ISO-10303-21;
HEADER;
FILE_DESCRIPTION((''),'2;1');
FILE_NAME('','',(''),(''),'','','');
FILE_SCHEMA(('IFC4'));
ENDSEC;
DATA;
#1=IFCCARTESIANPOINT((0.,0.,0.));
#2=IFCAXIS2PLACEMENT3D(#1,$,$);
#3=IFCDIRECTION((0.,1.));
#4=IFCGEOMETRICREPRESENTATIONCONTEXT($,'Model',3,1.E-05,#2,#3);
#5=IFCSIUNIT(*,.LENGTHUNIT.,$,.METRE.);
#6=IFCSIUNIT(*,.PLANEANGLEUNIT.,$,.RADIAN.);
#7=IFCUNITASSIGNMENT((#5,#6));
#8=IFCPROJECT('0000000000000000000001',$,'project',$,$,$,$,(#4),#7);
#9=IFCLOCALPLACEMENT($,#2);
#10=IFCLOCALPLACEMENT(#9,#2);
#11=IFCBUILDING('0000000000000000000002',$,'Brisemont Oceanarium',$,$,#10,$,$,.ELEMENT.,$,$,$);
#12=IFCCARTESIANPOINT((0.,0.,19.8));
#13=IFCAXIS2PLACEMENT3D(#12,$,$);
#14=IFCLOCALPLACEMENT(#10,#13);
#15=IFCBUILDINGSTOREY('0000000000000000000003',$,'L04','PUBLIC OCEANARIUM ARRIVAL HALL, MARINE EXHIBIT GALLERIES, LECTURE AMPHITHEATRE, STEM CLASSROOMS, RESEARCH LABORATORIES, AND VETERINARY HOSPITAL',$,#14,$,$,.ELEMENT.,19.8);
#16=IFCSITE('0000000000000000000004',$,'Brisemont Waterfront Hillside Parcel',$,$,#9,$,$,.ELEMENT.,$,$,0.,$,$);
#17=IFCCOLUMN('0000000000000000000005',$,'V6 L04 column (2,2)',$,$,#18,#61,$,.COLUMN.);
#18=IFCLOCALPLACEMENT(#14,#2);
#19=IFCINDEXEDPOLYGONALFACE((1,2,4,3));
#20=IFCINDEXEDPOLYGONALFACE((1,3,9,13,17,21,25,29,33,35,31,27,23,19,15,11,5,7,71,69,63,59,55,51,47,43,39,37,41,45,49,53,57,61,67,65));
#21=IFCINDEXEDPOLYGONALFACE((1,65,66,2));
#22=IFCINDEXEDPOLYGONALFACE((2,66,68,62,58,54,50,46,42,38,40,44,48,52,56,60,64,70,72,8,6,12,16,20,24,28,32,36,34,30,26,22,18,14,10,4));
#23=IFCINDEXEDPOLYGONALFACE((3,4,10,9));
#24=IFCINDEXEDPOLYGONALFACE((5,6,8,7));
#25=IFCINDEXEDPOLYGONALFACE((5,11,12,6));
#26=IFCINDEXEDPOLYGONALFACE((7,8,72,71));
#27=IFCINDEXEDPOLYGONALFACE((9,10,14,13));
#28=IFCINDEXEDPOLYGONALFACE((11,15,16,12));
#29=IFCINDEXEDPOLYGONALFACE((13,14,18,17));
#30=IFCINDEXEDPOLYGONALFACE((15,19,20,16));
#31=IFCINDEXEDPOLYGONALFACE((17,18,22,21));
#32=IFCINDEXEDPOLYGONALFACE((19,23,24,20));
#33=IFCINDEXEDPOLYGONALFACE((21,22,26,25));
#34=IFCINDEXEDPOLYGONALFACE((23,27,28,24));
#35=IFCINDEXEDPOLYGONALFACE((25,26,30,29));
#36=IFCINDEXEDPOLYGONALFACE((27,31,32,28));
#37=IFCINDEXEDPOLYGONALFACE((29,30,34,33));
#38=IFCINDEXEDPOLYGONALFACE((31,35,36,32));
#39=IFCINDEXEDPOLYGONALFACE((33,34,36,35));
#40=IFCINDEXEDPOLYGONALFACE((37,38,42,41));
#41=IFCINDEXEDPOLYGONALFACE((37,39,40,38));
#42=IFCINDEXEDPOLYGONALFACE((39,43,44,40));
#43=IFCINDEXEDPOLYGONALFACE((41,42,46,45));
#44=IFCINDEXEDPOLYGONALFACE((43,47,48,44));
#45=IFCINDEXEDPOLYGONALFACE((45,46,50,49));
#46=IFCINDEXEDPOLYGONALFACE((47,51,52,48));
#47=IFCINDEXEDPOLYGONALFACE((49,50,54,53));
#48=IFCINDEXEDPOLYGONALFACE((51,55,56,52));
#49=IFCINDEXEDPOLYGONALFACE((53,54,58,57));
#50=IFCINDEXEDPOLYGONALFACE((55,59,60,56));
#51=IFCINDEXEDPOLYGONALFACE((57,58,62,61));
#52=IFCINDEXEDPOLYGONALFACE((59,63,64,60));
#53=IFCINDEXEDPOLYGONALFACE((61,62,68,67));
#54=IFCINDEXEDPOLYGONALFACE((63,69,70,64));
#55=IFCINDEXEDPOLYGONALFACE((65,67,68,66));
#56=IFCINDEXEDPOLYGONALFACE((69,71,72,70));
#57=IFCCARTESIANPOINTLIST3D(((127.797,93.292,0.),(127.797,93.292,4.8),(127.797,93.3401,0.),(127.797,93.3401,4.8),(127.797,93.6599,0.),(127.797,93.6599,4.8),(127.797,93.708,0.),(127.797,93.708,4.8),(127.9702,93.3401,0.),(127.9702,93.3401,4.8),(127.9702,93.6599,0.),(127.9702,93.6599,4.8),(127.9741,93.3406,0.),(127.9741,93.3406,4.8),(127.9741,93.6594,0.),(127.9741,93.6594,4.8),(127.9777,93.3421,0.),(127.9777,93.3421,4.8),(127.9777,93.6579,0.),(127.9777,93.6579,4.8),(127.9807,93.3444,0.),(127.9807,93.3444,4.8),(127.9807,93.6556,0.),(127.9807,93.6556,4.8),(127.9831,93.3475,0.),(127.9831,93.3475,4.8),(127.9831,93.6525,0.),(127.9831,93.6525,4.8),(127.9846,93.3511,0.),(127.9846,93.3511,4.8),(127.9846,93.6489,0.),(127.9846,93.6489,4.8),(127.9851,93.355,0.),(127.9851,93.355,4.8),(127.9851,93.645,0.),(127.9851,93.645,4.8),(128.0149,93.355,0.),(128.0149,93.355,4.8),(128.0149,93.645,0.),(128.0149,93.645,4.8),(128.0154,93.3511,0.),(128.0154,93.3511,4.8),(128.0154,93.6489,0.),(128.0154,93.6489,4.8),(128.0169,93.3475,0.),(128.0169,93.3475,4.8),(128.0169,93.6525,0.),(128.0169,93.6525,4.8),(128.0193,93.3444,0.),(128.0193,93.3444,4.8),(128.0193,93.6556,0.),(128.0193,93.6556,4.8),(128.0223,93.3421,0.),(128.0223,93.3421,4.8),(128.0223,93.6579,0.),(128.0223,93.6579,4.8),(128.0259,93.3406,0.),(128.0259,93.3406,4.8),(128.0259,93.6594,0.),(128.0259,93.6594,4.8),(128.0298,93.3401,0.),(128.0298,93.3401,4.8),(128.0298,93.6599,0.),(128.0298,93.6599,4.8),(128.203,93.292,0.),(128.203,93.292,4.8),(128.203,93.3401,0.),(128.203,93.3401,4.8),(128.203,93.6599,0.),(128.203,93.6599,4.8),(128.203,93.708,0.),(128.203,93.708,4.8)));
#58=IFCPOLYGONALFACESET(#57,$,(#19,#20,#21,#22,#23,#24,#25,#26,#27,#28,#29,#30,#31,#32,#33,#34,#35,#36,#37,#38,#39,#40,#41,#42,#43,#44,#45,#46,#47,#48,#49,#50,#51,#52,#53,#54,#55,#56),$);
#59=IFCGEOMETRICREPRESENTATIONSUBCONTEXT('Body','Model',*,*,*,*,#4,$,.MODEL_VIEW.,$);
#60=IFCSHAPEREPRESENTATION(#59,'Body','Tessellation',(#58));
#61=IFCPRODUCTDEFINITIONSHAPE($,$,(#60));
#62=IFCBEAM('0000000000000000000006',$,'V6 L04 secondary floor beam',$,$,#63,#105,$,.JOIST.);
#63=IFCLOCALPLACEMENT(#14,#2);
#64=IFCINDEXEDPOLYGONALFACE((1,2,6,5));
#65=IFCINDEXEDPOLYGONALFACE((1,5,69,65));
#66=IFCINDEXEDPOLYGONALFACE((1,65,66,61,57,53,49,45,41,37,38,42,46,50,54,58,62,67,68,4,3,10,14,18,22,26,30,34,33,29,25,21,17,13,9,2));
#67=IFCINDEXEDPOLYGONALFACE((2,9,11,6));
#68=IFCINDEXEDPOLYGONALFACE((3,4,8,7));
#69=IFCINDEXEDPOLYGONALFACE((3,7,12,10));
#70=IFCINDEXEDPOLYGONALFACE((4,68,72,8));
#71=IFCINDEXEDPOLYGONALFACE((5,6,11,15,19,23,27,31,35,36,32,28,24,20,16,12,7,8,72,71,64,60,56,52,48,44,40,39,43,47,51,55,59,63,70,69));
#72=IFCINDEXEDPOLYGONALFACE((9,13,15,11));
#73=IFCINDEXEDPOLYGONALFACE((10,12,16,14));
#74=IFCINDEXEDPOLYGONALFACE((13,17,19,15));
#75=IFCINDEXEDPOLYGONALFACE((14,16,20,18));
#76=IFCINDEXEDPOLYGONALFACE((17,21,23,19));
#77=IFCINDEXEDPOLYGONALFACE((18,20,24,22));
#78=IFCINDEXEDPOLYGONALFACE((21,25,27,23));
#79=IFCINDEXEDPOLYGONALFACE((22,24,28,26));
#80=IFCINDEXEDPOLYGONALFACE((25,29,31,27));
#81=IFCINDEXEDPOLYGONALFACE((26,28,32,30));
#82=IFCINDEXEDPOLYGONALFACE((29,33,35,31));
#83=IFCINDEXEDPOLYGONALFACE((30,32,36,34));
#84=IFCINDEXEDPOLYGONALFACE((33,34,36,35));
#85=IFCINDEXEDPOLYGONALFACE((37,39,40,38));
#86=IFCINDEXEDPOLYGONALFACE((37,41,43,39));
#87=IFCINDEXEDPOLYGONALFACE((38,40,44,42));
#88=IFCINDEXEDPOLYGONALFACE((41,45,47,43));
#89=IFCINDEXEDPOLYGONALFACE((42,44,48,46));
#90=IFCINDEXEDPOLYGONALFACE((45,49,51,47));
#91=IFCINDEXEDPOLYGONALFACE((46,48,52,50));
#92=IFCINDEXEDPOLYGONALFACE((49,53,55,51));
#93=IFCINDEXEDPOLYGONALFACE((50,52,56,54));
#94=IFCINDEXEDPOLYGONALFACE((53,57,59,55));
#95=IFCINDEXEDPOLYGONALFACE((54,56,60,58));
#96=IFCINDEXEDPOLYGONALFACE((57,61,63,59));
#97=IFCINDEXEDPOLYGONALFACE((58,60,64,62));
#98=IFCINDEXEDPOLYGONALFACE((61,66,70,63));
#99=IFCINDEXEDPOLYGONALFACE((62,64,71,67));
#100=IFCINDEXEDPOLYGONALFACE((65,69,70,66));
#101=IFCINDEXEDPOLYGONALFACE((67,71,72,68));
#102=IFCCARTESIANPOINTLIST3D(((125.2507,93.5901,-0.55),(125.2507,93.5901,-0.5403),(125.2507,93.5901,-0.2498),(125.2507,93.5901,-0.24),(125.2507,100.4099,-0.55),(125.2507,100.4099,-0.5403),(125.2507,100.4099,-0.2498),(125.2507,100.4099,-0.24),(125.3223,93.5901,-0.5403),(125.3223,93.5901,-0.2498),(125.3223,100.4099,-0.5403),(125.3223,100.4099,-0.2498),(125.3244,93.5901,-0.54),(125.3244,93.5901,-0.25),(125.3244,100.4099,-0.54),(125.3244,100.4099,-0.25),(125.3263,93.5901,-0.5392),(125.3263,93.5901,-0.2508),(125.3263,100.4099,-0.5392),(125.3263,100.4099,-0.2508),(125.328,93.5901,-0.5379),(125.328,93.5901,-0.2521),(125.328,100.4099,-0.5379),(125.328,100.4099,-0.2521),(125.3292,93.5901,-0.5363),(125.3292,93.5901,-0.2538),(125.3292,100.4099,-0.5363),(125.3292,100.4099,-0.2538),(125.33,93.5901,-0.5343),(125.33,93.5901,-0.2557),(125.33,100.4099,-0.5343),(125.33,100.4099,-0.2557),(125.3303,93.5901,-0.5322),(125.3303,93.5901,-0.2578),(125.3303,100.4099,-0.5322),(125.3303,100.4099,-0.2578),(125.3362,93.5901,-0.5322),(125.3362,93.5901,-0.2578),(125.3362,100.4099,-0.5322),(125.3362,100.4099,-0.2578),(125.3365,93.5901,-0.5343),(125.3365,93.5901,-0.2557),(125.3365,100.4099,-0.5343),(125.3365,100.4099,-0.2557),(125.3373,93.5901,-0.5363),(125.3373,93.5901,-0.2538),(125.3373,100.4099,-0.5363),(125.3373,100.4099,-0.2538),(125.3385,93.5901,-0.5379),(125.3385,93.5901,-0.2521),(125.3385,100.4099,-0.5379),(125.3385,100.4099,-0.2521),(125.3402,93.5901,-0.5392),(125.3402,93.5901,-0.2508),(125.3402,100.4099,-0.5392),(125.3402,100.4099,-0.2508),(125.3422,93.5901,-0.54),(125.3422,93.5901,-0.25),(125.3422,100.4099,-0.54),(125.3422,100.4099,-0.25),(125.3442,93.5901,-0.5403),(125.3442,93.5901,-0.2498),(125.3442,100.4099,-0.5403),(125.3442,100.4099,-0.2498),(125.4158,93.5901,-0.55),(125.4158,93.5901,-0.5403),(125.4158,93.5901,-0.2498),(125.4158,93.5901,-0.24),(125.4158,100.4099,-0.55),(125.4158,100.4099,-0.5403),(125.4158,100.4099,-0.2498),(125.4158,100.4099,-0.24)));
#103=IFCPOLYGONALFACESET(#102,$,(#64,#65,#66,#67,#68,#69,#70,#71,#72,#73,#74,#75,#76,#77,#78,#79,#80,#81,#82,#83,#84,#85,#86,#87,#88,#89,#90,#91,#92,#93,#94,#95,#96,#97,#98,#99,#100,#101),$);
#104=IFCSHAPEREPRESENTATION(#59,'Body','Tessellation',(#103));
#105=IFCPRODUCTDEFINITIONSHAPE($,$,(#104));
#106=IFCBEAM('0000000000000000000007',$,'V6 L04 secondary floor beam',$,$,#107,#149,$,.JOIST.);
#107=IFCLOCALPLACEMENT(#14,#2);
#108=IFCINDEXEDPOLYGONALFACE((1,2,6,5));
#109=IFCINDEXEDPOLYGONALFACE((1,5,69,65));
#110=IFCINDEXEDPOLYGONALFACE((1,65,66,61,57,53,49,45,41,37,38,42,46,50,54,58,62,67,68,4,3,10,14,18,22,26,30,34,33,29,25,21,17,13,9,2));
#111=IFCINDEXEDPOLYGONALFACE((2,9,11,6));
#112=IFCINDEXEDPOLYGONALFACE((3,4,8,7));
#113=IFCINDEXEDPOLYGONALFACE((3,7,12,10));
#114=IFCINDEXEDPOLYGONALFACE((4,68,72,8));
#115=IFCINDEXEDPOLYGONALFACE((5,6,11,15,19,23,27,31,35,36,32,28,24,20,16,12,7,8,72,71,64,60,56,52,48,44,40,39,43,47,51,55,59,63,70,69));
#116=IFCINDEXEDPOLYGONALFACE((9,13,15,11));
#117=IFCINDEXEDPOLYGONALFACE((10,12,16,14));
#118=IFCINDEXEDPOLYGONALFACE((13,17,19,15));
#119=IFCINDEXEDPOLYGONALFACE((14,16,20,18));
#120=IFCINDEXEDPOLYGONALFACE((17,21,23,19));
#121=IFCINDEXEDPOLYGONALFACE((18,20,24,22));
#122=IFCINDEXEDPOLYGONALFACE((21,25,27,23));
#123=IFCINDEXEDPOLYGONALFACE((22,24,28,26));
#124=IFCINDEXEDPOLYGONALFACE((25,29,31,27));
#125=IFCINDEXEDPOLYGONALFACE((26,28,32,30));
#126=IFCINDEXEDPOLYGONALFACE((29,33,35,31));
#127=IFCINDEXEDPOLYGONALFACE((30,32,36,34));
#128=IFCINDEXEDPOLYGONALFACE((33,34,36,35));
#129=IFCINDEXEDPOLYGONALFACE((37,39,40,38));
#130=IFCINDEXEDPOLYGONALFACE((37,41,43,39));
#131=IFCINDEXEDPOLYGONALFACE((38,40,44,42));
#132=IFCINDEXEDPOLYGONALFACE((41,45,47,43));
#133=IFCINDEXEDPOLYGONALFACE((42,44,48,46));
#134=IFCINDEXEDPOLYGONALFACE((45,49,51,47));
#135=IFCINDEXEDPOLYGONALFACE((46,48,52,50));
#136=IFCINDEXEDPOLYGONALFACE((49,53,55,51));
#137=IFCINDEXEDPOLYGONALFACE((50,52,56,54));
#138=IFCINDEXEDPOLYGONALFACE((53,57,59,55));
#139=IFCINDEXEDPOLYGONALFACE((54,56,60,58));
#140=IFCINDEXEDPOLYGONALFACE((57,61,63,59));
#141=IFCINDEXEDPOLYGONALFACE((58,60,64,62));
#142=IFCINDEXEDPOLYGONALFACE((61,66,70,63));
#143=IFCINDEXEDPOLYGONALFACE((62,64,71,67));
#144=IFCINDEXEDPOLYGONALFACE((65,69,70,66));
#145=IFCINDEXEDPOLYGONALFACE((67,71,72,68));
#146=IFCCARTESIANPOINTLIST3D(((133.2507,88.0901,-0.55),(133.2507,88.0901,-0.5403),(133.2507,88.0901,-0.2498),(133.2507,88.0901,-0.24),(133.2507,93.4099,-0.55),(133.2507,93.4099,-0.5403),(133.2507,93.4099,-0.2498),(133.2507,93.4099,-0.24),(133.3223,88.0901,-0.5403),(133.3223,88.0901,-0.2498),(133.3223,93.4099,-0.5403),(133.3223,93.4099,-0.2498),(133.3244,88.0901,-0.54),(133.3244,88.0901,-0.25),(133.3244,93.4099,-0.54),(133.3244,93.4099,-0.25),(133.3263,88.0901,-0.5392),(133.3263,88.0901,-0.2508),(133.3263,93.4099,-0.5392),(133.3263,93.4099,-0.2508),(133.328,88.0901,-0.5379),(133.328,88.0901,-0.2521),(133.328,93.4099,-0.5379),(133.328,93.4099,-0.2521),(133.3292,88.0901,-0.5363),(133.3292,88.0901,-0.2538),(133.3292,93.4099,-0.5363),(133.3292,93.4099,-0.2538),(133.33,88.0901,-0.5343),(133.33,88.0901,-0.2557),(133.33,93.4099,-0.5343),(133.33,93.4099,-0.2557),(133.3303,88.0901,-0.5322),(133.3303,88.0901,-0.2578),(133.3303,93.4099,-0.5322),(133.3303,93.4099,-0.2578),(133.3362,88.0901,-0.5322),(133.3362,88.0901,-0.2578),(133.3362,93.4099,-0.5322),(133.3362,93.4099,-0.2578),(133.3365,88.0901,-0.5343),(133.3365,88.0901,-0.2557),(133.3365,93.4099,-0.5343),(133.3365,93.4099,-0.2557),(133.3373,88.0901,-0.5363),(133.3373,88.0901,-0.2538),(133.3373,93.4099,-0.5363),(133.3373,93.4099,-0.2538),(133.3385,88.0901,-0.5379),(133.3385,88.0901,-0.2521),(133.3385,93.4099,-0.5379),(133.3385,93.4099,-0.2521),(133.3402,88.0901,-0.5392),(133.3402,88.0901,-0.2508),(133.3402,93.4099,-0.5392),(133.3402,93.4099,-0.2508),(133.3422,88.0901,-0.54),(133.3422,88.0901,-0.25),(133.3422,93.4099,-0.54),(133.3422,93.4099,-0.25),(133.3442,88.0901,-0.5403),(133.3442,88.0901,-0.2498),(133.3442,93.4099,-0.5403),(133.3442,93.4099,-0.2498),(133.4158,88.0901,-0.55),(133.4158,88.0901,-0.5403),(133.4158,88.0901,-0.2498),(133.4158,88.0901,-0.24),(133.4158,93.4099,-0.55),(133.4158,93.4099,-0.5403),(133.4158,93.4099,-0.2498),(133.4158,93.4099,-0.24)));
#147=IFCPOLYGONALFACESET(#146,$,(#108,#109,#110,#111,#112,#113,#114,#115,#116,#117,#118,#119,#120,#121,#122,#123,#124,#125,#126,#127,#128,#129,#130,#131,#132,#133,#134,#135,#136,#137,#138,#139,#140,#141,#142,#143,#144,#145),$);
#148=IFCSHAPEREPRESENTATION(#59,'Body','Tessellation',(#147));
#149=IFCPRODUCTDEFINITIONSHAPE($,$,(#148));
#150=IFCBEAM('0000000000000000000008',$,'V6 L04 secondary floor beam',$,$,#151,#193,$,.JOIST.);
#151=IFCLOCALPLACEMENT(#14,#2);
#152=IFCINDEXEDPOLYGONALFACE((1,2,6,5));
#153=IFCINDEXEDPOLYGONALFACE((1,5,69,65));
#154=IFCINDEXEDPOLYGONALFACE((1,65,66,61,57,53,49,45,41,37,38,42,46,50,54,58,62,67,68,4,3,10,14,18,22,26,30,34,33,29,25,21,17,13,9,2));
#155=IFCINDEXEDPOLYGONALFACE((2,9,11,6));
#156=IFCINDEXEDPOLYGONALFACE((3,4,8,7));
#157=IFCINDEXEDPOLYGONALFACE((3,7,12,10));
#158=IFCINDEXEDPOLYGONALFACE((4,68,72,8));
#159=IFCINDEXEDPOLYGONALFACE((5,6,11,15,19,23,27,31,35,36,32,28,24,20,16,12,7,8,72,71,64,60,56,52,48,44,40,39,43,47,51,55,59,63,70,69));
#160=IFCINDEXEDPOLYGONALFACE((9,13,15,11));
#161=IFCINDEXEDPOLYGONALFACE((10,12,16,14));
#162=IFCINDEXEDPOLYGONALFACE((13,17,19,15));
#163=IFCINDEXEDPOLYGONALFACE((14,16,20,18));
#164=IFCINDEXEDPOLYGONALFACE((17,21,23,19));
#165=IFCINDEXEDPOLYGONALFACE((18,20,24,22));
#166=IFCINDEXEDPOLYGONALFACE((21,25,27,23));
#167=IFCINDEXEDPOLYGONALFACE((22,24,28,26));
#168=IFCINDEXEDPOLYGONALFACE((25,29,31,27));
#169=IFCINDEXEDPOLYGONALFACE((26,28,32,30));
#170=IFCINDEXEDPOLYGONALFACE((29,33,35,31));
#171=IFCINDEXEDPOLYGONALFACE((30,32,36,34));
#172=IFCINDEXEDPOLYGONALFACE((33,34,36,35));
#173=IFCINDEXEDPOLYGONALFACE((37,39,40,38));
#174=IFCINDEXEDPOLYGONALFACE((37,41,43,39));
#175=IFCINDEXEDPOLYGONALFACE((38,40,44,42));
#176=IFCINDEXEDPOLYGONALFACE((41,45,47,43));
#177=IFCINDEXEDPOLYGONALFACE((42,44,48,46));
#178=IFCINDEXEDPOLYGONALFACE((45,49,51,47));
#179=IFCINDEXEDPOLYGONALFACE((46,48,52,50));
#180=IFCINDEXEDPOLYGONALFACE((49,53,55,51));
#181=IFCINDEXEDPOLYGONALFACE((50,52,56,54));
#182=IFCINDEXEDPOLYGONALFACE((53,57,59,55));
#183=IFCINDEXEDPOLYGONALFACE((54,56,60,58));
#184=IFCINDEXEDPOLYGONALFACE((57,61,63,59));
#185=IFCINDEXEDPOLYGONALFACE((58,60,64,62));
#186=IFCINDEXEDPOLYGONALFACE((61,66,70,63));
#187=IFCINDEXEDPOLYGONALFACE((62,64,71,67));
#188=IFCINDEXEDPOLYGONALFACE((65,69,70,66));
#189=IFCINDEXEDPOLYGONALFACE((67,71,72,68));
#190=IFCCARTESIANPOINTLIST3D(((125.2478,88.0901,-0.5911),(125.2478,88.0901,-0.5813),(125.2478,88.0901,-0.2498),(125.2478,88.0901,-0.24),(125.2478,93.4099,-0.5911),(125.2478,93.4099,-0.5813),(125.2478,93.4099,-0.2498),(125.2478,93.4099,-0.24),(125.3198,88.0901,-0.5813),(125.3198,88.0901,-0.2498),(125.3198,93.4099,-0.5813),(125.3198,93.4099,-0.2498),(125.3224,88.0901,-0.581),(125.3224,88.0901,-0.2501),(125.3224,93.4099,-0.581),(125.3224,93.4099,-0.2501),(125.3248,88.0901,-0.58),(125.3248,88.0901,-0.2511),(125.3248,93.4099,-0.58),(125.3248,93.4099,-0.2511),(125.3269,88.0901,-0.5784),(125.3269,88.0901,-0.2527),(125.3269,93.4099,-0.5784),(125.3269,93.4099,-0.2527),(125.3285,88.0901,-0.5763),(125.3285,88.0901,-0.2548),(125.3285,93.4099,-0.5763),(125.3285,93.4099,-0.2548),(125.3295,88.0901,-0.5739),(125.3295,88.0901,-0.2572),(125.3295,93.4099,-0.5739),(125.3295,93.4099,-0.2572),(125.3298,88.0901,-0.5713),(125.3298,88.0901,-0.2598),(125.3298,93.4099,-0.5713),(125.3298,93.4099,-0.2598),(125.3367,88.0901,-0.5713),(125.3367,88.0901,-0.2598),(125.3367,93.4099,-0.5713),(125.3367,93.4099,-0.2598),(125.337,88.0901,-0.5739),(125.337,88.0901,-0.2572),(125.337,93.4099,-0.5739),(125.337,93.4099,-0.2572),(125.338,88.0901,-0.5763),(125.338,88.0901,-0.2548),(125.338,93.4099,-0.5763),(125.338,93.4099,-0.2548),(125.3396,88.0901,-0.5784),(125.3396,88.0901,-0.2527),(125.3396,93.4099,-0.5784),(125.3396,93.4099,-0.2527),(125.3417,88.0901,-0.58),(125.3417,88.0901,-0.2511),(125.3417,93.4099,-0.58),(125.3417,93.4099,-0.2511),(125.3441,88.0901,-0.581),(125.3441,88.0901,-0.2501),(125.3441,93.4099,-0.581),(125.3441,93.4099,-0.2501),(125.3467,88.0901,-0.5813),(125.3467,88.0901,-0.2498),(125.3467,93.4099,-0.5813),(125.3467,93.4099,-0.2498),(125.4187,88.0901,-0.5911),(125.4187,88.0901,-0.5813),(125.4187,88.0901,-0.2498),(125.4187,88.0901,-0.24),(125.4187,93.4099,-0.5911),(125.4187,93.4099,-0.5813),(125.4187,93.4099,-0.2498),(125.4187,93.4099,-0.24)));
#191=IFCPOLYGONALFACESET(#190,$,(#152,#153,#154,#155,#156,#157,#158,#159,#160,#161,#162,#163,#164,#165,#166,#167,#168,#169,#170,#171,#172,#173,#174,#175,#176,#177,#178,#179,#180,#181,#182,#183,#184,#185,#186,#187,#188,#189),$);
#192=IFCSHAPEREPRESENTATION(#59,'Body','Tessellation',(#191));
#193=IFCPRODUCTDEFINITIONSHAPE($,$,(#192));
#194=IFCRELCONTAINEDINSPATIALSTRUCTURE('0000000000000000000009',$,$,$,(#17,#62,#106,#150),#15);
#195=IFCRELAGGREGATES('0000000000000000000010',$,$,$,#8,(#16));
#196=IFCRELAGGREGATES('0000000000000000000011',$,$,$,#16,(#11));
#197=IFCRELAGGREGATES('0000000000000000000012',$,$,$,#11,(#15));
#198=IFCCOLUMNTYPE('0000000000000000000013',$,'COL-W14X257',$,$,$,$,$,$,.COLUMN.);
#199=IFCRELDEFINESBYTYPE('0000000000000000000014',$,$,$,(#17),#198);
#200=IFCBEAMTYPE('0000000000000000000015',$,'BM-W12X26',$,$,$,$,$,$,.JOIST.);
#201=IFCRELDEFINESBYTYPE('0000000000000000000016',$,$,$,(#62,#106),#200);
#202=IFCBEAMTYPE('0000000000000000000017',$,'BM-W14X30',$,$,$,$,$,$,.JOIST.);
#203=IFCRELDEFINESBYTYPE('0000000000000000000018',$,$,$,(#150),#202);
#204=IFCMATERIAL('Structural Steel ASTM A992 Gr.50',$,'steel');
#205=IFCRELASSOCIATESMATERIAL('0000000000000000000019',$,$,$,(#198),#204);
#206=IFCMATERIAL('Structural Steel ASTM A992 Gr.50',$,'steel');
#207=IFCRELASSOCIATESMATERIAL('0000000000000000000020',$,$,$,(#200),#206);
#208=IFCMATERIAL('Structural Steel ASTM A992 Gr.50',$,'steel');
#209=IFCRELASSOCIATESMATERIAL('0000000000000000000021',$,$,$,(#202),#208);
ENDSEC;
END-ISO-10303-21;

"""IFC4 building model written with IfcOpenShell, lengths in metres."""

from ifc_helpers import new_model, si_unit, direction, frame, origin, origin_2d, place, context, subcontext, project, spatial, i_section, extrude, material, material_profile, profile_set, type_object, element, save


model = new_model("IFC4")

# Units and contexts
model_context = context("Model", 3, precision=1e-05, world=origin(), true_north=direction((0.0, 1.0)))
body_context = subcontext(model_context, "Body", "Model", "MODEL_VIEW")
ifc_project = project(units=[si_unit("LENGTHUNIT", "METRE"), si_unit("PLANEANGLEUNIT", "RADIAN")], contexts=[model_context])

# Site, building, storey
site_placement = place(None, origin())
site = spatial("IfcSite", under=ifc_project, at=site_placement, Name="Brisemont Waterfront Hillside Parcel", CompositionType="ELEMENT", RefElevation=0.0)
building_placement = place(site_placement, origin())
building = spatial("IfcBuilding", under=site, at=building_placement, Name="Brisemont Oceanarium", CompositionType="ELEMENT")
storey_placement = place(building_placement, frame((0.0, 0.0, 19.8)))
storey = spatial("IfcBuildingStorey", under=building, at=storey_placement, Name="L04", Description="PUBLIC OCEANARIUM ARRIVAL HALL, MARINE EXHIBIT GALLERIES, LECTURE AMPHITHEATRE, STEM CLASSROOMS, RESEARCH LABORATORIES, AND VETERINARY HOSPITAL", CompositionType="ELEMENT", Elevation=19.8)

# Column
ifc_material_1 = material(Name="Structural Steel ASTM A992 Gr.50", Category="steel")
ifc_material_profile_1 = material_profile(ifc_material_1, i_section(OverallWidth=0.406, OverallDepth=0.416, WebThickness=0.0298, FlangeThickness=0.0481, FilletRadius=0.0149, at=origin_2d()), Name="W14X257")
ifc_profile_set_1 = profile_set([ifc_material_profile_1], Name="Structural Steel ASTM A992 Gr.50")
column_type_1 = type_object("IfcColumnType", Name="COL-W14X257", PredefinedType="COLUMN", material=ifc_profile_set_1)
column_1_placement = place(storey_placement, frame((128.0, 93.5, 0.0), z_axis=(0.0, 0.0, 1.0), x_axis=(1.0, 0.0, 0.0)))
element("IfcColumn", 1, at=column_1_placement, inside=storey, type_object=column_type_1, Name="V6 L04 column (2,2)", PredefinedType="COLUMN", context=body_context, shape_type="SweptSolid", body=[
    extrude(i_section(OverallWidth=0.406, OverallDepth=0.416, WebThickness=0.0298, FlangeThickness=0.0481, FilletRadius=0.0149, at=origin_2d()), origin(), (0.0, 0.0, 1.0), 4.8),
])

# Beams
ifc_material_2 = material(Name="Structural Steel ASTM A992 Gr.50", Category="steel")
ifc_material_profile_2 = material_profile(ifc_material_2, i_section(OverallWidth=0.165, OverallDepth=0.3101, WebThickness=0.0059, FlangeThickness=0.0098, FilletRadius=0.0081, at=origin_2d()), Name="W12X26")
ifc_profile_set_2 = profile_set([ifc_material_profile_2], Name="Structural Steel ASTM A992 Gr.50")
beam_type_1 = type_object("IfcBeamType", Name="BM-W12X26", PredefinedType="JOIST", material=ifc_profile_set_2)
beam_1_placement = place(storey_placement, frame((125.3333, 93.5901, -0.395), z_axis=(0.0, 1.0, 0.0), x_axis=(-1.0, 0.0, 0.0)))
element("IfcBeam", 2, at=beam_1_placement, inside=storey, type_object=beam_type_1, Name="V6 L04 secondary floor beam", PredefinedType="JOIST", context=body_context, shape_type="SweptSolid", body=[
    extrude(i_section(OverallWidth=0.165, OverallDepth=0.3101, WebThickness=0.0059, FlangeThickness=0.0098, FilletRadius=0.0081, at=origin_2d()), origin(), (0.0, 0.0, 1.0), 6.8198),
])
beam_2_placement = place(storey_placement, frame((133.3333, 88.0901, -0.395), z_axis=(0.0, 1.0, 0.0), x_axis=(-1.0, 0.0, 0.0)))
element("IfcBeam", 3, at=beam_2_placement, inside=storey, type_object=beam_type_1, Name="V6 L04 secondary floor beam", PredefinedType="JOIST", context=body_context, shape_type="SweptSolid", body=[
    extrude(i_section(OverallWidth=0.165, OverallDepth=0.3101, WebThickness=0.0059, FlangeThickness=0.0098, FilletRadius=0.0081, at=origin_2d()), origin(), (0.0, 0.0, 1.0), 5.3198),
])
ifc_material_3 = material(Name="Structural Steel ASTM A992 Gr.50", Category="steel")
ifc_material_profile_3 = material_profile(ifc_material_3, i_section(OverallWidth=0.1709, OverallDepth=0.3511, WebThickness=0.0068, FlangeThickness=0.0098, FilletRadius=0.01, at=origin_2d()), Name="W14X30")
ifc_profile_set_3 = profile_set([ifc_material_profile_3], Name="Structural Steel ASTM A992 Gr.50")
beam_type_2 = type_object("IfcBeamType", Name="BM-W14X30", PredefinedType="JOIST", material=ifc_profile_set_3)
beam_3_placement = place(storey_placement, frame((125.3333, 88.0901, -0.4155), z_axis=(0.0, 1.0, 0.0), x_axis=(-1.0, 0.0, 0.0)))
element("IfcBeam", 4, at=beam_3_placement, inside=storey, type_object=beam_type_2, Name="V6 L04 secondary floor beam", PredefinedType="JOIST", context=body_context, shape_type="SweptSolid", body=[
    extrude(i_section(OverallWidth=0.1709, OverallDepth=0.3511, WebThickness=0.0068, FlangeThickness=0.0098, FilletRadius=0.01, at=origin_2d()), origin(), (0.0, 0.0, 1.0), 5.3198),
])

save(model, "model.ifc")
